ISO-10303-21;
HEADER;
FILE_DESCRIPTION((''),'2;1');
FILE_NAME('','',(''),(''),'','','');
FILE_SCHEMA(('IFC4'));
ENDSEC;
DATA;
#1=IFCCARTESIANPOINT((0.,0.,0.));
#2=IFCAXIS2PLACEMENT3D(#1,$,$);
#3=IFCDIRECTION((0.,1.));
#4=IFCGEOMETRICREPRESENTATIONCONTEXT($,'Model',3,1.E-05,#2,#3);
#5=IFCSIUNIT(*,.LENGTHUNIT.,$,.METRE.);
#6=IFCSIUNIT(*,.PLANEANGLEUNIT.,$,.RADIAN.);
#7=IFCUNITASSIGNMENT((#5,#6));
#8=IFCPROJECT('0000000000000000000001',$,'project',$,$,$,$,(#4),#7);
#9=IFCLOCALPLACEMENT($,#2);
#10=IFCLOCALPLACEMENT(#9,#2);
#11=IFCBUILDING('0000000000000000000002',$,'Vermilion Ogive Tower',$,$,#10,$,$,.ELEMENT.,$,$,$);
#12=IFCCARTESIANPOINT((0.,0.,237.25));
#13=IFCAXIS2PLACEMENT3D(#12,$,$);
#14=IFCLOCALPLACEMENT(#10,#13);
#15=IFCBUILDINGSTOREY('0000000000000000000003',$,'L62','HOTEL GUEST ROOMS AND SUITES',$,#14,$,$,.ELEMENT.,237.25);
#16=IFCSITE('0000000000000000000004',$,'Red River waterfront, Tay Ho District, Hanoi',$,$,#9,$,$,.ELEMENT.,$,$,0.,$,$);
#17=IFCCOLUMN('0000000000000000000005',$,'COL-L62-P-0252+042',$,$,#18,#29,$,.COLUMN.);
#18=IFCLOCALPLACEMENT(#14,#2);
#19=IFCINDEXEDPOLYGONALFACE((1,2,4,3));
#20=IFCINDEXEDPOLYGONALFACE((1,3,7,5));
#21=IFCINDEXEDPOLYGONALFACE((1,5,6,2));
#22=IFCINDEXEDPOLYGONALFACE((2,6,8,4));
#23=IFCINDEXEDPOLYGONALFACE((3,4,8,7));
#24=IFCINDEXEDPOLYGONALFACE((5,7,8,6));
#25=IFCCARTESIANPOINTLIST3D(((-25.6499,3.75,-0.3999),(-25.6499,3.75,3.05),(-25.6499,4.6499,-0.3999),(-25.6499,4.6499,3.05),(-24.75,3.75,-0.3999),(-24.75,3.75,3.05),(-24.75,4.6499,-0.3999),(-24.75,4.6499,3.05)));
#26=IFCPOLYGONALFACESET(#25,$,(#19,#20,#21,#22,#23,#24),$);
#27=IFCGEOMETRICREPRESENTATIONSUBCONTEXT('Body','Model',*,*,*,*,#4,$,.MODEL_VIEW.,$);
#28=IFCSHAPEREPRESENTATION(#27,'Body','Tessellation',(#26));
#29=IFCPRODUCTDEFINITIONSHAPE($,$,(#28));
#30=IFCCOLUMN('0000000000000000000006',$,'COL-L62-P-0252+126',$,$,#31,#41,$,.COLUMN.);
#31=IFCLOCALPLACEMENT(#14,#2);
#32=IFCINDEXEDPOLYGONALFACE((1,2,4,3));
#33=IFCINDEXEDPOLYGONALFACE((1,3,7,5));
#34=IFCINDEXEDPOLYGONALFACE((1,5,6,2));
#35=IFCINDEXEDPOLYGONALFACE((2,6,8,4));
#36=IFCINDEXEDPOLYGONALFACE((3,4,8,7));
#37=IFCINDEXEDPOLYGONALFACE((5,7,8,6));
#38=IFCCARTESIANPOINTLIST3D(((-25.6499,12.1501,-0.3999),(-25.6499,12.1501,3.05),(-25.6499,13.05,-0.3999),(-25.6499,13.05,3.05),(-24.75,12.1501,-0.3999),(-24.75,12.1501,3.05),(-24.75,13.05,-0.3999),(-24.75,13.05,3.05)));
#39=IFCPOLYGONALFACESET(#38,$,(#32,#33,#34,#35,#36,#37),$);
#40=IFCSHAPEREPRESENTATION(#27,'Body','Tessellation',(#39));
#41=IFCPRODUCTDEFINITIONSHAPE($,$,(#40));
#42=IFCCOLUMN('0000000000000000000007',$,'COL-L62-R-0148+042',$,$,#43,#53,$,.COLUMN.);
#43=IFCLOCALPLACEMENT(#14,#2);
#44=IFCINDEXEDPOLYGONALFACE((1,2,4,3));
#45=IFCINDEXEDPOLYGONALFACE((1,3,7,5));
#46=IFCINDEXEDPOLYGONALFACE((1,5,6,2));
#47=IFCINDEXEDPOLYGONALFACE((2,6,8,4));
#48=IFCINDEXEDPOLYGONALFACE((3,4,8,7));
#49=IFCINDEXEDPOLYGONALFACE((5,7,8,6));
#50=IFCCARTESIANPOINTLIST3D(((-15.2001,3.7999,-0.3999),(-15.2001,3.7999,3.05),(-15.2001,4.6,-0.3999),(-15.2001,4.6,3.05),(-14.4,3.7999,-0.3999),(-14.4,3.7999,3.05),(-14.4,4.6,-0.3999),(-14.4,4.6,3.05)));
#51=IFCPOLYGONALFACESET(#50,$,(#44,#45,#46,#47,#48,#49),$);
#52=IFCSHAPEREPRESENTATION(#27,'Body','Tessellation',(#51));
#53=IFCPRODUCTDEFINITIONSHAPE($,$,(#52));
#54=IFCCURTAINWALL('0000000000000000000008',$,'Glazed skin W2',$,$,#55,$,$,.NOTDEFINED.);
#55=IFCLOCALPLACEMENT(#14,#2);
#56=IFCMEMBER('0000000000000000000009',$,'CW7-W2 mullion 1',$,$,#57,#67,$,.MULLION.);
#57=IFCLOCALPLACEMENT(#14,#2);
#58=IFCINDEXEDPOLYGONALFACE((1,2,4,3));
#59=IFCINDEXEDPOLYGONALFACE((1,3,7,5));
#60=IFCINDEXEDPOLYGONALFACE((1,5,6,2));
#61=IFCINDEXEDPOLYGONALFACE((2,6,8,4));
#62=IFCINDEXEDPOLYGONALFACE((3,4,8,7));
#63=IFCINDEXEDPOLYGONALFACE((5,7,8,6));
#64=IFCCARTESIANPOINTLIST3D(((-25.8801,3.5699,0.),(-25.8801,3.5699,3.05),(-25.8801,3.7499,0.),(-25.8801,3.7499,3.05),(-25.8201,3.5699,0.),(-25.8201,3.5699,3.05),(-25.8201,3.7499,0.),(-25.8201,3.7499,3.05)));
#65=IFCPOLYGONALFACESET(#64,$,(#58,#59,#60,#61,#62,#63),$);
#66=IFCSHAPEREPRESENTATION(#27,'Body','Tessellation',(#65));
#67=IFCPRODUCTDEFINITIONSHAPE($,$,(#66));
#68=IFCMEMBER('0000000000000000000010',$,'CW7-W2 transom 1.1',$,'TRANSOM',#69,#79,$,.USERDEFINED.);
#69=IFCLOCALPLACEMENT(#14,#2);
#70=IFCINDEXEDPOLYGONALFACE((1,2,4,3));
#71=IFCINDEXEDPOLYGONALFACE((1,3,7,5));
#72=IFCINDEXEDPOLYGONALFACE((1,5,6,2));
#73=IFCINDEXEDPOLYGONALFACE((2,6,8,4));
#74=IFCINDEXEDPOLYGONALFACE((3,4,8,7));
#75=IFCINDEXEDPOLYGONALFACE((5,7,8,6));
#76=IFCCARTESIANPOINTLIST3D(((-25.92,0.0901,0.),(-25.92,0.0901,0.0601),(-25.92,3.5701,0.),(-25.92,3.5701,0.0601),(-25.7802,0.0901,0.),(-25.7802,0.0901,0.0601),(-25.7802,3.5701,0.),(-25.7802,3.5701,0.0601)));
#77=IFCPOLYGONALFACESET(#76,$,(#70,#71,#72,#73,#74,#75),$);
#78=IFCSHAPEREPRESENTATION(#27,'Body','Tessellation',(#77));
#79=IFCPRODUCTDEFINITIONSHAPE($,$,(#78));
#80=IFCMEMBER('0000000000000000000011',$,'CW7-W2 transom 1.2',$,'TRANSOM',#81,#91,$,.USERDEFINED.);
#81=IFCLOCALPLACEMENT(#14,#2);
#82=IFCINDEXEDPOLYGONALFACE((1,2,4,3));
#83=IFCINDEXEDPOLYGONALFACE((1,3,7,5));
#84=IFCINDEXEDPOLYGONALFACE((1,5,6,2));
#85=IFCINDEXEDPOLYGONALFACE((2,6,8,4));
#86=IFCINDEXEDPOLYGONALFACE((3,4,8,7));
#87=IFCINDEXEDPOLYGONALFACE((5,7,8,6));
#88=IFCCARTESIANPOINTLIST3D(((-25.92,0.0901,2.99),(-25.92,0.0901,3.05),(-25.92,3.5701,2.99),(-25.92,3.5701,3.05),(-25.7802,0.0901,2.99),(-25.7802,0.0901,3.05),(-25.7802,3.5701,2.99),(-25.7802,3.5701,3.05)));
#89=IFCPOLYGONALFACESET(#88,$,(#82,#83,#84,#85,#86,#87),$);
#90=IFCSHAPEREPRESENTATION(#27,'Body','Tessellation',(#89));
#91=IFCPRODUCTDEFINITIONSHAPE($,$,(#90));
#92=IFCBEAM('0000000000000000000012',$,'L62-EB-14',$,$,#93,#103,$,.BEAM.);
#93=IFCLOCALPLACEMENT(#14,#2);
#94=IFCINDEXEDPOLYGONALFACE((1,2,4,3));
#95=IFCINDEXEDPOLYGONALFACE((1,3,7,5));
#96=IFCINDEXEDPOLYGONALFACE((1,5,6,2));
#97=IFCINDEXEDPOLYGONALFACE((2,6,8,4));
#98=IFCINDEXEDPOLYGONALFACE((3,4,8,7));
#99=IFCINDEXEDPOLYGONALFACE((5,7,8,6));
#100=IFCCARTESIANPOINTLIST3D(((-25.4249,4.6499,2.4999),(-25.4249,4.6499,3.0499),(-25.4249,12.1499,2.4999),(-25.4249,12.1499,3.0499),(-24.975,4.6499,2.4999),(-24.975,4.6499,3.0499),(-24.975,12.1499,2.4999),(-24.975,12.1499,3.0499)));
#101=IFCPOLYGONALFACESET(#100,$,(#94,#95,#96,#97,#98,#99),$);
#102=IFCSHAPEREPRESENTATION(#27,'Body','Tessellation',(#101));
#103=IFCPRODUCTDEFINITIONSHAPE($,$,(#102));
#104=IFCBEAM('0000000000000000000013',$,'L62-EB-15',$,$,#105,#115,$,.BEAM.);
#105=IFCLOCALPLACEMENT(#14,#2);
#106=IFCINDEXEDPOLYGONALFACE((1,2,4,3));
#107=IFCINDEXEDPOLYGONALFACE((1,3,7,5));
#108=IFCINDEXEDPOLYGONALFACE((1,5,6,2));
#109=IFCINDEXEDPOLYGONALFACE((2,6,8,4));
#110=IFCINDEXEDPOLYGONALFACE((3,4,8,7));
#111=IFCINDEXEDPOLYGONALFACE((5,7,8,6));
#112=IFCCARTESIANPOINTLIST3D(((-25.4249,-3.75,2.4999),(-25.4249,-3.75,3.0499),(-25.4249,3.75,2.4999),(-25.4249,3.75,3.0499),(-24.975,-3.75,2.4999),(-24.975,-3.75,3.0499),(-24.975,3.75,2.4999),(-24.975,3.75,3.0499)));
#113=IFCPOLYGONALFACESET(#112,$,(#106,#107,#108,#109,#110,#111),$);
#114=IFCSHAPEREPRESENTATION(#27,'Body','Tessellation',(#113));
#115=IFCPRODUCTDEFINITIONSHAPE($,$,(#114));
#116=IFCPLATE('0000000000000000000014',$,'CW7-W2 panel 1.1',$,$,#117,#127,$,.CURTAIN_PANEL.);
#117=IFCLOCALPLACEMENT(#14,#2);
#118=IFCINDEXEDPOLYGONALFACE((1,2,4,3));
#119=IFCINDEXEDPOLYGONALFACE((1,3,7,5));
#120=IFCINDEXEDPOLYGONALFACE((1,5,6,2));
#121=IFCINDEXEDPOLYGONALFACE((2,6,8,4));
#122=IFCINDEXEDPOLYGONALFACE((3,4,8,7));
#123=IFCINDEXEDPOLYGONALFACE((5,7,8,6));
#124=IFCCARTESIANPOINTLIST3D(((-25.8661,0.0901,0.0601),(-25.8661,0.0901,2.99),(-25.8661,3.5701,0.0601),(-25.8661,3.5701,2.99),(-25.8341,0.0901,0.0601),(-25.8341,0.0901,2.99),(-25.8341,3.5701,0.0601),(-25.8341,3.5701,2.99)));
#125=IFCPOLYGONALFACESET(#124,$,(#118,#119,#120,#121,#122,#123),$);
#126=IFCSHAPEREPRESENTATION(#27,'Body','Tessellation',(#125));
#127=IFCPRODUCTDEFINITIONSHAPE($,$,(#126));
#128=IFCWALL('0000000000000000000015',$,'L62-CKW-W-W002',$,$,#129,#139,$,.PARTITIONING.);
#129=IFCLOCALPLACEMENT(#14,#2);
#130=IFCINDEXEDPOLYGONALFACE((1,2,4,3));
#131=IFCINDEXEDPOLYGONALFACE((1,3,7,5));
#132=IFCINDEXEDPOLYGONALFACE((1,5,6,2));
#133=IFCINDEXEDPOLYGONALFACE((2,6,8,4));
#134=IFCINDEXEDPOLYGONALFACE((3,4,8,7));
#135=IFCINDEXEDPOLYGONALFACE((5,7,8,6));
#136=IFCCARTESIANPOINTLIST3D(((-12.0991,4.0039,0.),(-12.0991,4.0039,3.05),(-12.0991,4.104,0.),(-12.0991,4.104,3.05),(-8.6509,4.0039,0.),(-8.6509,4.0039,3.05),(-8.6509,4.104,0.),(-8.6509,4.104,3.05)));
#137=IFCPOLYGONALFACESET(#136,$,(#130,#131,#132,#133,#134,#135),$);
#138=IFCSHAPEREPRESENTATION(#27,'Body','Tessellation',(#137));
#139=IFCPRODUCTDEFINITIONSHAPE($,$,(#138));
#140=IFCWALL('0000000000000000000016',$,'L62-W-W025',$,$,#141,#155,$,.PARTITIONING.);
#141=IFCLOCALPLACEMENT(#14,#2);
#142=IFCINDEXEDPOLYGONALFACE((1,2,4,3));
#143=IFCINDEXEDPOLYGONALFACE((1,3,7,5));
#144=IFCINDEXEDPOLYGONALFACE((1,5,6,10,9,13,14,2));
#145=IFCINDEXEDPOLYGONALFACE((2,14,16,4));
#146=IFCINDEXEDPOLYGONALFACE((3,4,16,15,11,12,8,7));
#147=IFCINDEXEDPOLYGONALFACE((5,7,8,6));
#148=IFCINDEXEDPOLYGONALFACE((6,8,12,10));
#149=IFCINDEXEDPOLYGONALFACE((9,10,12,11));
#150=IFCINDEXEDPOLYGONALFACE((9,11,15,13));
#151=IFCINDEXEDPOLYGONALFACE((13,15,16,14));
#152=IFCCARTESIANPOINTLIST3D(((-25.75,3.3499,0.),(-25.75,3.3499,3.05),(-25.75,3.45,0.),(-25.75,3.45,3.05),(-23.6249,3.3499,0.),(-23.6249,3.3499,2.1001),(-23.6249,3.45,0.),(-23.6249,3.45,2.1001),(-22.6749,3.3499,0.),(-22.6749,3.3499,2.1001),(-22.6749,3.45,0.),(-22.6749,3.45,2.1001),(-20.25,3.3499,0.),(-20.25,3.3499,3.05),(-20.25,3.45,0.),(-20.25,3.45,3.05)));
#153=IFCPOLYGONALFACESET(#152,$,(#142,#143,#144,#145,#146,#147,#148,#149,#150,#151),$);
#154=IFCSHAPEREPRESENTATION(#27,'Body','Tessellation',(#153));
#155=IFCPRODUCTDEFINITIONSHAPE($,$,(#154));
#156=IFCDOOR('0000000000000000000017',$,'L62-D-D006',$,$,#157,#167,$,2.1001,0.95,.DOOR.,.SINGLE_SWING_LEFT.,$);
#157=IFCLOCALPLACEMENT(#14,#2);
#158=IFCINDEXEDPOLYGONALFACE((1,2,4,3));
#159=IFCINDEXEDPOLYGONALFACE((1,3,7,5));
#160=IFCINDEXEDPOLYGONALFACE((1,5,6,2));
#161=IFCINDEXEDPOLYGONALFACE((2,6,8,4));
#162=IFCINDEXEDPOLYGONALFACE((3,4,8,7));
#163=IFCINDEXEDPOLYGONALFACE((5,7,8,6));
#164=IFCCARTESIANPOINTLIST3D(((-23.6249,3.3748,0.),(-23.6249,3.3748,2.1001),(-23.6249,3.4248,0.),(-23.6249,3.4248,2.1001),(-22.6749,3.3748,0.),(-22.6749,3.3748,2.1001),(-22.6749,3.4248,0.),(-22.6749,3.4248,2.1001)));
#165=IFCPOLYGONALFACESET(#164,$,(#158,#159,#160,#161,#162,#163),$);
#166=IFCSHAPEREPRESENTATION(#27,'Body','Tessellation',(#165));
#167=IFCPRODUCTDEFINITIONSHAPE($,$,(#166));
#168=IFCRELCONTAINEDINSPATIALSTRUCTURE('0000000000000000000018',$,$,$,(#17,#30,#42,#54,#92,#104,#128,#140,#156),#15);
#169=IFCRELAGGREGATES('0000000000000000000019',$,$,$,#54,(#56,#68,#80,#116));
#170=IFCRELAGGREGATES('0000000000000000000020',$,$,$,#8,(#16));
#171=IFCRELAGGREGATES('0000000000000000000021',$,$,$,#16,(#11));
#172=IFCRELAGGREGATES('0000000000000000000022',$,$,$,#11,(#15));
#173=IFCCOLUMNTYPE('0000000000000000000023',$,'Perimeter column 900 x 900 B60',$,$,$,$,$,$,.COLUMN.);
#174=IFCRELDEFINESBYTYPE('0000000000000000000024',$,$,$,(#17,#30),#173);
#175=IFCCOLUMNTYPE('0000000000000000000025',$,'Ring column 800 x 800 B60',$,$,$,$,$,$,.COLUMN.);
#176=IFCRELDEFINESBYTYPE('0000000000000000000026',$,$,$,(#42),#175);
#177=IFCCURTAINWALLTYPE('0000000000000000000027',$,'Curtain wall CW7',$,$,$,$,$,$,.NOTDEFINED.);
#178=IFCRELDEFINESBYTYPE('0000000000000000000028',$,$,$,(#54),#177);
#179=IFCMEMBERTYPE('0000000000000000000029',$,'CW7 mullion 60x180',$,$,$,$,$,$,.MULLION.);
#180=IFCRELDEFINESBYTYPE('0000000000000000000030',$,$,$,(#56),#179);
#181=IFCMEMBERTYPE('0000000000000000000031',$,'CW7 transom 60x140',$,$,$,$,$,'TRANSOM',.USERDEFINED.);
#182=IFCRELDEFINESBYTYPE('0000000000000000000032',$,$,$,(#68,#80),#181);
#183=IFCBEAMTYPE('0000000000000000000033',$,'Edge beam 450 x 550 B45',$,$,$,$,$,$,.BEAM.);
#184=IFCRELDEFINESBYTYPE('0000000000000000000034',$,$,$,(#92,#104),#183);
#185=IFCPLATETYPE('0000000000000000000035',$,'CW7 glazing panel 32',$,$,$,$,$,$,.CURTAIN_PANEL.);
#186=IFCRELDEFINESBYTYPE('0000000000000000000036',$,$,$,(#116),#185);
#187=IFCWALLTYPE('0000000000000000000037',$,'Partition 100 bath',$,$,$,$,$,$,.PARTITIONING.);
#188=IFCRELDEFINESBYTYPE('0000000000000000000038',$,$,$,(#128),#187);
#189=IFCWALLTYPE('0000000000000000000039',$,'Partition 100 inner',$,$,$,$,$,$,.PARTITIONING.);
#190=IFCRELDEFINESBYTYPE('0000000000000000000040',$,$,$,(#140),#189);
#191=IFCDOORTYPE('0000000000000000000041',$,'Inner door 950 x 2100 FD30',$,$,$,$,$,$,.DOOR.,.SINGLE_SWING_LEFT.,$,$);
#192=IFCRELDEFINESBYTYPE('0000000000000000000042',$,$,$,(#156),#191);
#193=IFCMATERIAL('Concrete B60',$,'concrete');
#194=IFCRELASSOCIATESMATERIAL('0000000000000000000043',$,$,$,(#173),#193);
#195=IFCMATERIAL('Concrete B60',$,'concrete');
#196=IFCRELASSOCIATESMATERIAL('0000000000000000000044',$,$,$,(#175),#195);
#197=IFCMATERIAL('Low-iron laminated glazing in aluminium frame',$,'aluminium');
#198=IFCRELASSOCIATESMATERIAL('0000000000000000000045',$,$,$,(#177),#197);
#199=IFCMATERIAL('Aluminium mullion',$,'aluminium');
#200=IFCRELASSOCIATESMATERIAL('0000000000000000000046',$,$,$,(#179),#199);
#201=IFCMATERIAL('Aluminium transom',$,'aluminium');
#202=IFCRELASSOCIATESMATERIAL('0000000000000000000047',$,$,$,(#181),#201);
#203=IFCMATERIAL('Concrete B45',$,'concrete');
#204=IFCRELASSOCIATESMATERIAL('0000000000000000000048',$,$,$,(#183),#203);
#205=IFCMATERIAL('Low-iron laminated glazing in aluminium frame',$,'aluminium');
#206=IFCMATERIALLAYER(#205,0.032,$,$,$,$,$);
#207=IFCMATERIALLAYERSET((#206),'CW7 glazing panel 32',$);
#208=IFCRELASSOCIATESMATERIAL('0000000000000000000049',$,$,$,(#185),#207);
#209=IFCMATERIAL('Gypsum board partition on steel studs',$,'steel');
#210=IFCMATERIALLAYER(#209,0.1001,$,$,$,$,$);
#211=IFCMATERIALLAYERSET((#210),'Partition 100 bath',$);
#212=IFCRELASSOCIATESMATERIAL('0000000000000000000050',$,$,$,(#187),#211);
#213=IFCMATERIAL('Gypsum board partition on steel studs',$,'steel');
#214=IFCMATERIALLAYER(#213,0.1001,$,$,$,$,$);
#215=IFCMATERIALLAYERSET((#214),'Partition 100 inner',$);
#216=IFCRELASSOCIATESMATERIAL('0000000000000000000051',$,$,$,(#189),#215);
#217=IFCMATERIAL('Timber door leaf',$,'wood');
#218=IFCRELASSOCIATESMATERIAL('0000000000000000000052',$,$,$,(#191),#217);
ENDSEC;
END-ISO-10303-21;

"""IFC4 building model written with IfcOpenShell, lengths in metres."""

from ifc_helpers import new_model, si_unit, direction, frame, frame_2d, origin, origin_2d, place, context, subcontext, project, spatial, rectangle, extrude, material, layer, layer_set, material_profile, profile_set, type_object, element, fill, aggregate, save


model = new_model("IFC4")

# Units and contexts
model_context = context("Model", 3, precision=1e-05, world=origin(), true_north=direction((0.0, 1.0)))
body_context = subcontext(model_context, "Body", "Model", "MODEL_VIEW")
ifc_project = project(units=[si_unit("LENGTHUNIT", "METRE"), si_unit("PLANEANGLEUNIT", "RADIAN")], contexts=[model_context])

# Site, building, storey
site_placement = place(None, origin())
site = spatial("IfcSite", under=ifc_project, at=site_placement, Name="Red River waterfront, Tay Ho District, Hanoi", CompositionType="ELEMENT", RefElevation=0.0)
building_placement = place(site_placement, origin())
building = spatial("IfcBuilding", under=site, at=building_placement, Name="Vermilion Ogive Tower", CompositionType="ELEMENT")
storey_placement = place(building_placement, frame((0.0, 0.0, 237.25)))
storey = spatial("IfcBuildingStorey", under=building, at=storey_placement, Name="L62", Description="HOTEL GUEST ROOMS AND SUITES", CompositionType="ELEMENT", Elevation=237.25)

# Columns
ifc_material_1 = material(Name="Concrete B60", Category="concrete")
ifc_material_profile_1 = material_profile(ifc_material_1, rectangle(XDim=0.8999, YDim=0.8999, at=origin_2d()), Name="900 x 900")
ifc_profile_set_1 = profile_set([ifc_material_profile_1], Name="Concrete B60")
column_type_1 = type_object("IfcColumnType", Name="Perimeter column 900 x 900 B60", PredefinedType="COLUMN", material=ifc_profile_set_1)
for number, where, z_axis, x_axis, name in (
    (1, (-25.2, 4.2, -0.3999), (0.0, 0.0, 1.0), (1.0, 0.0, 0.0), "COL-L62-P-0252+042"),
    (2, (-25.2, 12.6001, -0.3999), (0.0, 0.0, 1.0), (1.0, 0.0, 0.0), "COL-L62-P-0252+126"),
):
    element("IfcColumn", number, at=place(storey_placement, frame(where, z_axis=z_axis, x_axis=x_axis)), inside=storey, type_object=column_type_1, Name=name, PredefinedType="COLUMN", context=body_context, shape_type="SweptSolid", body=[
        extrude(rectangle(XDim=0.8999, YDim=0.8999, at=origin_2d()), origin(), (0.0, 0.0, 1.0), 3.45),
    ])
ifc_material_2 = material(Name="Concrete B60", Category="concrete")
ifc_material_profile_2 = material_profile(ifc_material_2, rectangle(XDim=0.8, YDim=0.8, at=origin_2d()), Name="800 x 800")
ifc_profile_set_2 = profile_set([ifc_material_profile_2], Name="Concrete B60")
column_type_2 = type_object("IfcColumnType", Name="Ring column 800 x 800 B60", PredefinedType="COLUMN", material=ifc_profile_set_2)
column_placement = place(storey_placement, frame((-14.8, 4.2, -0.3999), z_axis=(0.0, 0.0, 1.0), x_axis=(1.0, 0.0, 0.0)))
element("IfcColumn", 3, at=column_placement, inside=storey, type_object=column_type_2, Name="COL-L62-R-0148+042", PredefinedType="COLUMN", context=body_context, shape_type="SweptSolid", body=[
    extrude(rectangle(XDim=0.8, YDim=0.8, at=origin_2d()), origin(), (0.0, 0.0, 1.0), 3.45),
])

# Curtain wall, members
ifc_material_3 = material(Name="Low-iron laminated glazing in aluminium frame", Category="aluminium")
curtain_wall_type = type_object("IfcCurtainWallType", Name="Curtain wall CW7", PredefinedType="NOTDEFINED", material=ifc_material_3)
curtain_wall_placement = place(storey_placement, origin())
curtain_wall = element("IfcCurtainWall", 4, at=curtain_wall_placement, inside=storey, type_object=curtain_wall_type, Name="Glazed skin W2", PredefinedType="NOTDEFINED")
ifc_material_4 = material(Name="Aluminium mullion", Category="aluminium")
ifc_material_profile_3 = material_profile(ifc_material_4, rectangle(XDim=0.0601, YDim=0.1799, at=origin_2d()), Name="AL 60x180")
ifc_profile_set_3 = profile_set([ifc_material_profile_3], Name="Aluminium mullion")
member_type_1 = type_object("IfcMemberType", Name="CW7 mullion 60x180", PredefinedType="MULLION", material=ifc_profile_set_3)
member_1_placement = place(storey_placement, frame((-25.8501, 3.6599, 0.0), z_axis=(0.0, 0.0, 1.0), x_axis=(1.0, 0.0, 0.0)))
member_1 = element("IfcMember", 5, at=member_1_placement, type_object=member_type_1, Name="CW7-W2 mullion 1", PredefinedType="MULLION", context=body_context, shape_type="SweptSolid", body=[
    extrude(rectangle(XDim=0.0601, YDim=0.1799, at=origin_2d()), origin(), (0.0, 0.0, 1.0), 3.05),
])
ifc_material_5 = material(Name="Aluminium transom", Category="aluminium")
ifc_material_profile_4 = material_profile(ifc_material_5, rectangle(XDim=0.1399, YDim=0.0601, at=origin_2d()), Name="AL 60x140")
ifc_profile_set_4 = profile_set([ifc_material_profile_4], Name="Aluminium transom")
member_type_2 = type_object("IfcMemberType", Name="CW7 transom 60x140", ElementType="TRANSOM", PredefinedType="USERDEFINED", material=ifc_profile_set_4)
member_2_placement = place(storey_placement, frame((-25.8501, 3.5701, 0.03), z_axis=(0.0, -1.0, 0.0), x_axis=(1.0, 0.0, 0.0)))
member_2 = element("IfcMember", 6, at=member_2_placement, type_object=member_type_2, Name="CW7-W2 transom 1.1", ObjectType="TRANSOM", PredefinedType="USERDEFINED", context=body_context, shape_type="SweptSolid", body=[
    extrude(rectangle(XDim=0.1399, YDim=0.0601, at=origin_2d()), origin(), (0.0, 0.0, 1.0), 3.48),
])
member_3_placement = place(storey_placement, frame((-25.8501, 3.5701, 3.02), z_axis=(0.0, -1.0, 0.0), x_axis=(1.0, 0.0, 0.0)))
member_3 = element("IfcMember", 7, at=member_3_placement, type_object=member_type_2, Name="CW7-W2 transom 1.2", ObjectType="TRANSOM", PredefinedType="USERDEFINED", context=body_context, shape_type="SweptSolid", body=[
    extrude(rectangle(XDim=0.1399, YDim=0.0601, at=origin_2d()), origin(), (0.0, 0.0, 1.0), 3.48),
])

# Beams
ifc_material_6 = material(Name="Concrete B45", Category="concrete")
ifc_material_profile_5 = material_profile(ifc_material_6, rectangle(XDim=0.45, YDim=0.55, at=origin_2d()), Name="450 x 550")
ifc_profile_set_5 = profile_set([ifc_material_profile_5], Name="Concrete B45")
beam_type = type_object("IfcBeamType", Name="Edge beam 450 x 550 B45", PredefinedType="BEAM", material=ifc_profile_set_5)
for number, where, z_axis, x_axis, name in (
    (8, (-25.2, 12.1499, 2.7749), (0.0, -1.0, 0.0), (1.0, 0.0, 0.0), "L62-EB-14"),
    (9, (-25.2, 3.75, 2.7749), (0.0, -1.0, 0.0), (1.0, 0.0, 0.0), "L62-EB-15"),
):
    element("IfcBeam", number, at=place(storey_placement, frame(where, z_axis=z_axis, x_axis=x_axis)), inside=storey, type_object=beam_type, Name=name, PredefinedType="BEAM", context=body_context, shape_type="SweptSolid", body=[
        extrude(rectangle(XDim=0.45, YDim=0.55, at=origin_2d()), origin(), (0.0, 0.0, 1.0), 7.5),
    ])

# Plate
ifc_material_7 = material(Name="Low-iron laminated glazing in aluminium frame", Category="aluminium")
ifc_layer_1 = layer(ifc_material_7, 0.032)
ifc_layer_set_1 = layer_set([ifc_layer_1], Name="CW7 glazing panel 32")
plate_type = type_object("IfcPlateType", Name="CW7 glazing panel 32", PredefinedType="CURTAIN_PANEL", material=ifc_layer_set_1)
plate_placement = place(storey_placement, frame((-25.8501, 1.8301, 0.0601), z_axis=(0.0, 0.0, 1.0), x_axis=(0.0, -1.0, 0.0)))
plate = element("IfcPlate", 10, at=plate_placement, type_object=plate_type, Name="CW7-W2 panel 1.1", PredefinedType="CURTAIN_PANEL", context=body_context, shape_type="SweptSolid", body=[
    extrude(rectangle(XDim=3.48, YDim=0.032, at=origin_2d()), origin(), (0.0, 0.0, 1.0), 2.9299),
])
aggregate(curtain_wall, [member_1, member_2, member_3, plate])

# Wall
ifc_material_8 = material(Name="Gypsum board partition on steel studs", Category="steel")
ifc_layer_2 = layer(ifc_material_8, 0.1001)
ifc_layer_set_2 = layer_set([ifc_layer_2], Name="Partition 100 bath")
wall_type_1 = type_object("IfcWallType", Name="Partition 100 bath", PredefinedType="PARTITIONING", material=ifc_layer_set_2)
wall_1_placement = place(storey_placement, frame((-12.0991, 4.054, 0.0), z_axis=(0.0, 0.0, 1.0), x_axis=(1.0, 0.0, 0.0)))
element("IfcWall", 11, at=wall_1_placement, inside=storey, type_object=wall_type_1, Name="L62-CKW-W-W002", PredefinedType="PARTITIONING", context=body_context, shape_type="SweptSolid", body=[
    extrude(rectangle(XDim=3.4482, YDim=0.1001, at=frame_2d((1.7241, 0.0))), origin(), (0.0, 0.0, 1.0), 3.05),
])

# Wall, opening, door
ifc_material_9 = material(Name="Gypsum board partition on steel studs", Category="steel")
ifc_layer_3 = layer(ifc_material_9, 0.1001)
ifc_layer_set_3 = layer_set([ifc_layer_3], Name="Partition 100 inner")
wall_type_2 = type_object("IfcWallType", Name="Partition 100 inner", PredefinedType="PARTITIONING", material=ifc_layer_set_3)
wall_2_placement = place(storey_placement, frame((-25.75, 3.3999, 0.0), z_axis=(0.0, 0.0, 1.0), x_axis=(1.0, 0.0, 0.0)))
wall_2 = element("IfcWall", 12, at=wall_2_placement, inside=storey, type_object=wall_type_2, Name="L62-W-W025", PredefinedType="PARTITIONING", context=body_context, shape_type="SweptSolid", body=[
    extrude(rectangle(XDim=5.5, YDim=0.1001, at=frame_2d((2.75, 0.0))), origin(), (0.0, 0.0, 1.0), 3.05),
])
opening_1_placement = place(wall_2_placement, frame((2.125, 0.0, 0.0)))
opening_1 = element("IfcOpeningElement", 13, at=opening_1_placement, cuts=wall_2, PredefinedType="OPENING", context=body_context, shape_type="SweptSolid", body=[
    extrude(rectangle(XDim=0.95, YDim=2.1001, at=frame_2d((0.4751, 1.05))), frame((0.0, 0.0601, 0.0), z_axis=(0.0, -1.0, 0.0), x_axis=(1.0, 0.0, 0.0)), (0.0, 0.0, 1.0), 0.1201),
])
ifc_material_10 = material(Name="Timber door leaf", Category="wood")
door_type_1 = type_object("IfcDoorType", Name="Inner door 950 x 2100 FD30", OperationType="SINGLE_SWING_LEFT", PredefinedType="DOOR", material=ifc_material_10)
door_1_placement = place(opening_1_placement, origin())
door_1 = element("IfcDoor", 14, at=door_1_placement, inside=storey, type_object=door_type_1, Name="L62-D-D006", OperationType="SINGLE_SWING_LEFT", OverallHeight=2.1001, OverallWidth=0.95, PredefinedType="DOOR", context=body_context, shape_type="SweptSolid", body=[
    extrude(rectangle(XDim=0.95, YDim=2.1001, at=frame_2d((0.4751, 1.05))), frame((0.0, 0.0249, 0.0), z_axis=(0.0, -1.0, 0.0), x_axis=(1.0, 0.0, 0.0)), (0.0, 0.0, 1.0), 0.05),
])
fill(opening_1, door_1)

save(model, "model.ifc")
